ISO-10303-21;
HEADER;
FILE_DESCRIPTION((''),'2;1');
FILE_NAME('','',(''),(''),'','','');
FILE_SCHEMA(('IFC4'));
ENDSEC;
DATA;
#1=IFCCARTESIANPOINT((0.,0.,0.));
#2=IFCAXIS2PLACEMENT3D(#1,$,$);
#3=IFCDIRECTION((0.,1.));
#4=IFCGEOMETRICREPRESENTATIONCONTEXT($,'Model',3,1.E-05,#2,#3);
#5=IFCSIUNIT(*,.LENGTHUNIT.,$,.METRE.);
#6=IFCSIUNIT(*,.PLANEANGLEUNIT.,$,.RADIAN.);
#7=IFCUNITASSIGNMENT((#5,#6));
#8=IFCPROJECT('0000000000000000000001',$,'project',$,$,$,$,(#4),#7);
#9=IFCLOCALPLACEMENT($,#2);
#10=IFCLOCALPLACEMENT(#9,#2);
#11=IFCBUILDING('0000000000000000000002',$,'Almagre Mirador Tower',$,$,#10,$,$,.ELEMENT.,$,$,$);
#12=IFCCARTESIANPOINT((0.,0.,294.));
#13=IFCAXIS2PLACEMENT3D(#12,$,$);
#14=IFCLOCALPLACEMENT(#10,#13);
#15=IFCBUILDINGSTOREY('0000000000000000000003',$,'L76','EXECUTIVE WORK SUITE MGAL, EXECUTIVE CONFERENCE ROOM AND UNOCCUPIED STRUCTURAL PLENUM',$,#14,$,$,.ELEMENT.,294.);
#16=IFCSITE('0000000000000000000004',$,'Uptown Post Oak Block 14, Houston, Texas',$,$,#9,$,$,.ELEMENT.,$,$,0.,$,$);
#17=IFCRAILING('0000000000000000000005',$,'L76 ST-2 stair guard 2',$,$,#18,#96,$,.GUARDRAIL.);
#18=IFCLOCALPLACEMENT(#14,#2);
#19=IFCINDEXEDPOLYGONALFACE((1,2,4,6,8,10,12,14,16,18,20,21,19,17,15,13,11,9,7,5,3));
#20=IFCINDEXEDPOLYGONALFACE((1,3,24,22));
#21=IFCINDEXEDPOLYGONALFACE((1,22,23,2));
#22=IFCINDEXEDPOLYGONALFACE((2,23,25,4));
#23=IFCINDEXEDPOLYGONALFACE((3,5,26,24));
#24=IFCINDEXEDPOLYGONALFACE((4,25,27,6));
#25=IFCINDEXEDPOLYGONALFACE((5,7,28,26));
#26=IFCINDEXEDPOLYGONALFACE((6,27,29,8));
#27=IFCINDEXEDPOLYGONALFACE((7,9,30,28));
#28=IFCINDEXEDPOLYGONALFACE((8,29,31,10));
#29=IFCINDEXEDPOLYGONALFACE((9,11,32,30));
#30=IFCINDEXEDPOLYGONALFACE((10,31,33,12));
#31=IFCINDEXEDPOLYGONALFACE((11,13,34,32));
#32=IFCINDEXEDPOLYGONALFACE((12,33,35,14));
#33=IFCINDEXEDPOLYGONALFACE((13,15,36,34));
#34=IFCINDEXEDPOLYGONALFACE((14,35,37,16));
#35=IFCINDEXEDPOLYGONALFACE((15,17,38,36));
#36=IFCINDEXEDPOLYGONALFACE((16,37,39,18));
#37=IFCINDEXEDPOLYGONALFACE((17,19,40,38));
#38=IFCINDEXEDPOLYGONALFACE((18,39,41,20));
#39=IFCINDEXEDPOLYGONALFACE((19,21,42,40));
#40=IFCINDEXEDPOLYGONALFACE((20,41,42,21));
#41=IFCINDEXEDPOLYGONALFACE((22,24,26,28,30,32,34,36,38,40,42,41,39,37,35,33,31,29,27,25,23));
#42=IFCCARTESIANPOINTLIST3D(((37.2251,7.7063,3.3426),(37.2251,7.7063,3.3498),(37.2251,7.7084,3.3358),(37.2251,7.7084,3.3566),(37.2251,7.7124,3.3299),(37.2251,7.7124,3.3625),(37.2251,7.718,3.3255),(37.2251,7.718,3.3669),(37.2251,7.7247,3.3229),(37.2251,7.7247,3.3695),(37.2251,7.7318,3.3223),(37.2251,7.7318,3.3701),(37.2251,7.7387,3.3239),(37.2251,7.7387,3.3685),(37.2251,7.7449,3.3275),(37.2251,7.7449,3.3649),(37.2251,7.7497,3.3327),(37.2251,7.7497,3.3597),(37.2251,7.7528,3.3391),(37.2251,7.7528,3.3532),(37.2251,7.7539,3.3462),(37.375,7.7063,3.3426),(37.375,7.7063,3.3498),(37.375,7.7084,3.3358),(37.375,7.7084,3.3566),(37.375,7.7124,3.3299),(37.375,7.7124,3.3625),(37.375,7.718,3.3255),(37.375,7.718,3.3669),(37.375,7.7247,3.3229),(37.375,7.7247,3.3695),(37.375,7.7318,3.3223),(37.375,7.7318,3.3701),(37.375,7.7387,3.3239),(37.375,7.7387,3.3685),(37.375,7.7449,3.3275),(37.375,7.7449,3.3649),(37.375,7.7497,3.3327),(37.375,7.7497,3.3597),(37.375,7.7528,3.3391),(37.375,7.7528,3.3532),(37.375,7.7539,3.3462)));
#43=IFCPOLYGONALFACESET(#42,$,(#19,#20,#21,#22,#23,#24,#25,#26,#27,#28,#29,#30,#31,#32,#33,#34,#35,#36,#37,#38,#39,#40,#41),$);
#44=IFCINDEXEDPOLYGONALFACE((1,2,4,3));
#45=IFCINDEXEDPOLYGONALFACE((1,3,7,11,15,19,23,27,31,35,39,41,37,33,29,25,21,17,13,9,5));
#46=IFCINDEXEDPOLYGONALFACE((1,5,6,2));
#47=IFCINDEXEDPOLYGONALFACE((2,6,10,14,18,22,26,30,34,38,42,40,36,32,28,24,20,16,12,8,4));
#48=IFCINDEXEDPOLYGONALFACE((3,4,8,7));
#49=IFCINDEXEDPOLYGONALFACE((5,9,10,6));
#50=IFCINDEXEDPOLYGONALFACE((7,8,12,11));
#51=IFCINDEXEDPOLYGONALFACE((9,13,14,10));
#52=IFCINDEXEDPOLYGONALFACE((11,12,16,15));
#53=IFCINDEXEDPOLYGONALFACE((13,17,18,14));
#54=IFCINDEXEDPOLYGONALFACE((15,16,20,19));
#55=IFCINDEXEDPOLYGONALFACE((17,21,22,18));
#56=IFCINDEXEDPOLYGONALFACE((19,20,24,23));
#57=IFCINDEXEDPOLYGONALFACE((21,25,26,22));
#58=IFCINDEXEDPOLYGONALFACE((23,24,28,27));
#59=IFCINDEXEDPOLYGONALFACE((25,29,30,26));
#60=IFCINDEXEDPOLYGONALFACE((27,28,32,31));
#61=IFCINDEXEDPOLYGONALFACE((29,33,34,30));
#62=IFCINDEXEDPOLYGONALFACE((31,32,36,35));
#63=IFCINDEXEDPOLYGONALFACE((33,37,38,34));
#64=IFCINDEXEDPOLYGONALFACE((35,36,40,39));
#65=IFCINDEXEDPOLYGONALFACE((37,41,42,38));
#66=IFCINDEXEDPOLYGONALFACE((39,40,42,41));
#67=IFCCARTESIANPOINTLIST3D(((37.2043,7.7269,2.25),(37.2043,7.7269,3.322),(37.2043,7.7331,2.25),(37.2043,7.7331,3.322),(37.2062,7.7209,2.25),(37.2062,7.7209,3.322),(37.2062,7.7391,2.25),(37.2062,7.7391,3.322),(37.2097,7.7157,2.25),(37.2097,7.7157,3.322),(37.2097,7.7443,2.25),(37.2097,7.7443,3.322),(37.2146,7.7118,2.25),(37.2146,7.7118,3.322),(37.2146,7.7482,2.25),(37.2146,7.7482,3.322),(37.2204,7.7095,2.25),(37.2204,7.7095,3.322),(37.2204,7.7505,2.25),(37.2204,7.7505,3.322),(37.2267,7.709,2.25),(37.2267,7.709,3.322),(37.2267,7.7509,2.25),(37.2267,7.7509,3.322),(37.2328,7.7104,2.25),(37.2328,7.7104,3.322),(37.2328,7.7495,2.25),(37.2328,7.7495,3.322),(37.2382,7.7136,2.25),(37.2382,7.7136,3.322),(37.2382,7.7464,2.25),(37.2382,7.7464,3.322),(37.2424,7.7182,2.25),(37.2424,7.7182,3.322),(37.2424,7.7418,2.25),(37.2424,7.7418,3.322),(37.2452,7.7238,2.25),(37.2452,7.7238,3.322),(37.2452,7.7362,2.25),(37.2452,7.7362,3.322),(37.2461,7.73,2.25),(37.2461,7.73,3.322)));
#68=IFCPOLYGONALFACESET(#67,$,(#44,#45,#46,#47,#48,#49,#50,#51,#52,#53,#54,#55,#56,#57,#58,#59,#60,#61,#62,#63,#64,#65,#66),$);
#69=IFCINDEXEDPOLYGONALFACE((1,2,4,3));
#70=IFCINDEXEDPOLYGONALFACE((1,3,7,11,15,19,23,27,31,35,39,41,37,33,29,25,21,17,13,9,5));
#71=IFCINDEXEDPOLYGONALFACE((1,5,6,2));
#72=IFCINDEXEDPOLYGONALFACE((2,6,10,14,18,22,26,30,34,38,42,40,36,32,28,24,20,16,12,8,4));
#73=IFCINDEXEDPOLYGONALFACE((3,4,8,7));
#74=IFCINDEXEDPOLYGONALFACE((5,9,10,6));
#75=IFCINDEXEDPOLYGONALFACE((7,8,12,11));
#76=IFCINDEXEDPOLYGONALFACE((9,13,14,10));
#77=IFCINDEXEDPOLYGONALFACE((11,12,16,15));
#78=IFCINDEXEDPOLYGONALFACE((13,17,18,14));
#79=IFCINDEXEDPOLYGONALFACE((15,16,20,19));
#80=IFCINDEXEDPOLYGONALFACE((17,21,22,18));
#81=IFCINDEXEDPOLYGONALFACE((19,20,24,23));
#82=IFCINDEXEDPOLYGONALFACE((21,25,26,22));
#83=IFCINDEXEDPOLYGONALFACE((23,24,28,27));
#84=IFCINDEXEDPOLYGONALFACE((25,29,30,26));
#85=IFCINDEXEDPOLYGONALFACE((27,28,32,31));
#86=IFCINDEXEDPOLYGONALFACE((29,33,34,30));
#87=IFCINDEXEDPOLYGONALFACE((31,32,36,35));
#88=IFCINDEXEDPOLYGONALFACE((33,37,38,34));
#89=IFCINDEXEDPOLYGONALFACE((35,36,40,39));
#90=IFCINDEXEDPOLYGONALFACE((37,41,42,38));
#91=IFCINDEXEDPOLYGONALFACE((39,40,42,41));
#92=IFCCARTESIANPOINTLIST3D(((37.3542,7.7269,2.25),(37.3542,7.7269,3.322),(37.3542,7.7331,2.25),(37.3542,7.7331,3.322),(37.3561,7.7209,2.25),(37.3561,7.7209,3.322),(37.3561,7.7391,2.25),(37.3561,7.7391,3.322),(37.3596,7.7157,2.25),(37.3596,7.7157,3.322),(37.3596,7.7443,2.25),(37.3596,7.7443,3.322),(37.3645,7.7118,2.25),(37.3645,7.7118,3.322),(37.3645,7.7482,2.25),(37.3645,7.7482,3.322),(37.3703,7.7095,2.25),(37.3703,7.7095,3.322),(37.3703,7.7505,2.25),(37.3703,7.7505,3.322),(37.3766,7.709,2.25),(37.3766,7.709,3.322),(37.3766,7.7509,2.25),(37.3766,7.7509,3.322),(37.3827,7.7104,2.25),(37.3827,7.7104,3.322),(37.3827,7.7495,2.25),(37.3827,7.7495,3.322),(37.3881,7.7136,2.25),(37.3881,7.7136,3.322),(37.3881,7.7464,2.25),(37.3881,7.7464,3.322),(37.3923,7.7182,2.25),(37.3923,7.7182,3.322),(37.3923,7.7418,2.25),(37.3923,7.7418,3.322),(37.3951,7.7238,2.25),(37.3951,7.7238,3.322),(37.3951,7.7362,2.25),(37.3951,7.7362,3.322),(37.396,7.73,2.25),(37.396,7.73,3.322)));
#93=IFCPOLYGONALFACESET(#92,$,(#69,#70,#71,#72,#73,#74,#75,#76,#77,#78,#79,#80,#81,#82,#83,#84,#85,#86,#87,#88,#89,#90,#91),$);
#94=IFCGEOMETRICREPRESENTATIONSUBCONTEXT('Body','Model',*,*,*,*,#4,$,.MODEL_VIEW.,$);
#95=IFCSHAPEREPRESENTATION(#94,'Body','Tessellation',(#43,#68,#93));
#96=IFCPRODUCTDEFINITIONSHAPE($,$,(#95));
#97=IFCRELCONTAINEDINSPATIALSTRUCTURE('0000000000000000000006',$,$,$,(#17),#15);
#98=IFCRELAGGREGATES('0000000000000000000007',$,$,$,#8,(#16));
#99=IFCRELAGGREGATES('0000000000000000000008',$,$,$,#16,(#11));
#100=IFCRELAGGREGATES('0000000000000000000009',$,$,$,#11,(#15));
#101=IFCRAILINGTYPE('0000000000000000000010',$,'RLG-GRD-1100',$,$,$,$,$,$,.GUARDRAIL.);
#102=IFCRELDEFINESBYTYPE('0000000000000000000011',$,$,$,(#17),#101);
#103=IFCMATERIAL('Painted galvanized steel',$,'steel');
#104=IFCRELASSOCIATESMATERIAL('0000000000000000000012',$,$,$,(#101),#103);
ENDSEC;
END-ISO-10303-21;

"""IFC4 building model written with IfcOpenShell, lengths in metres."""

from ifc_helpers import new_model, si_unit, direction, frame, origin, origin_2d, place, context, subcontext, project, spatial, circle, extrude, material, type_object, element, save


model = new_model("IFC4")

# Units and contexts
model_context = context("Model", 3, precision=1e-05, world=origin(), true_north=direction((0.0, 1.0)))
body_context = subcontext(model_context, "Body", "Model", "MODEL_VIEW")
ifc_project = project(units=[si_unit("LENGTHUNIT", "METRE"), si_unit("PLANEANGLEUNIT", "RADIAN")], contexts=[model_context])

# Site, building, storey
site_placement = place(None, origin())
site = spatial("IfcSite", under=ifc_project, at=site_placement, Name="Uptown Post Oak Block 14, Houston, Texas", CompositionType="ELEMENT", RefElevation=0.0)
building_placement = place(site_placement, origin())
building = spatial("IfcBuilding", under=site, at=building_placement, Name="Almagre Mirador Tower", CompositionType="ELEMENT")
storey_placement = place(building_placement, frame((0.0, 0.0, 294.0)))
storey = spatial("IfcBuildingStorey", under=building, at=storey_placement, Name="L76", Description="EXECUTIVE WORK SUITE MGAL, EXECUTIVE CONFERENCE ROOM AND UNOCCUPIED STRUCTURAL PLENUM", CompositionType="ELEMENT", Elevation=294.0)

# Railing
ifc_material_1 = material(Name="Painted galvanized steel", Category="steel")
railing_type_1 = type_object("IfcRailingType", Name="RLG-GRD-1100", PredefinedType="GUARDRAIL", material=ifc_material_1)
railing_1_placement = place(storey_placement, frame((37.2251, 7.73, 2.25)))
element("IfcRailing", 1, at=railing_1_placement, inside=storey, type_object=railing_type_1, Name="L76 ST-2 stair guard 2", PredefinedType="GUARDRAIL", context=body_context, shape_type="SweptSolid", body=[
    extrude(circle(Radius=0.0239, at=origin_2d()), frame((0.0, 0.0, 1.0962), z_axis=(1.0, 0.0, 0.0), x_axis=(0.0, 1.0, 0.0)), (0.0, 0.0, 1.0), 0.1499),
    extrude(circle(Radius=0.021, at=origin_2d()), origin(), (0.0, 0.0, 1.0), 1.072),
    extrude(circle(Radius=0.021, at=origin_2d()), frame((0.1499, 0.0, 0.0)), (0.0, 0.0, 1.0), 1.072),
])

save(model, "model.ifc")
